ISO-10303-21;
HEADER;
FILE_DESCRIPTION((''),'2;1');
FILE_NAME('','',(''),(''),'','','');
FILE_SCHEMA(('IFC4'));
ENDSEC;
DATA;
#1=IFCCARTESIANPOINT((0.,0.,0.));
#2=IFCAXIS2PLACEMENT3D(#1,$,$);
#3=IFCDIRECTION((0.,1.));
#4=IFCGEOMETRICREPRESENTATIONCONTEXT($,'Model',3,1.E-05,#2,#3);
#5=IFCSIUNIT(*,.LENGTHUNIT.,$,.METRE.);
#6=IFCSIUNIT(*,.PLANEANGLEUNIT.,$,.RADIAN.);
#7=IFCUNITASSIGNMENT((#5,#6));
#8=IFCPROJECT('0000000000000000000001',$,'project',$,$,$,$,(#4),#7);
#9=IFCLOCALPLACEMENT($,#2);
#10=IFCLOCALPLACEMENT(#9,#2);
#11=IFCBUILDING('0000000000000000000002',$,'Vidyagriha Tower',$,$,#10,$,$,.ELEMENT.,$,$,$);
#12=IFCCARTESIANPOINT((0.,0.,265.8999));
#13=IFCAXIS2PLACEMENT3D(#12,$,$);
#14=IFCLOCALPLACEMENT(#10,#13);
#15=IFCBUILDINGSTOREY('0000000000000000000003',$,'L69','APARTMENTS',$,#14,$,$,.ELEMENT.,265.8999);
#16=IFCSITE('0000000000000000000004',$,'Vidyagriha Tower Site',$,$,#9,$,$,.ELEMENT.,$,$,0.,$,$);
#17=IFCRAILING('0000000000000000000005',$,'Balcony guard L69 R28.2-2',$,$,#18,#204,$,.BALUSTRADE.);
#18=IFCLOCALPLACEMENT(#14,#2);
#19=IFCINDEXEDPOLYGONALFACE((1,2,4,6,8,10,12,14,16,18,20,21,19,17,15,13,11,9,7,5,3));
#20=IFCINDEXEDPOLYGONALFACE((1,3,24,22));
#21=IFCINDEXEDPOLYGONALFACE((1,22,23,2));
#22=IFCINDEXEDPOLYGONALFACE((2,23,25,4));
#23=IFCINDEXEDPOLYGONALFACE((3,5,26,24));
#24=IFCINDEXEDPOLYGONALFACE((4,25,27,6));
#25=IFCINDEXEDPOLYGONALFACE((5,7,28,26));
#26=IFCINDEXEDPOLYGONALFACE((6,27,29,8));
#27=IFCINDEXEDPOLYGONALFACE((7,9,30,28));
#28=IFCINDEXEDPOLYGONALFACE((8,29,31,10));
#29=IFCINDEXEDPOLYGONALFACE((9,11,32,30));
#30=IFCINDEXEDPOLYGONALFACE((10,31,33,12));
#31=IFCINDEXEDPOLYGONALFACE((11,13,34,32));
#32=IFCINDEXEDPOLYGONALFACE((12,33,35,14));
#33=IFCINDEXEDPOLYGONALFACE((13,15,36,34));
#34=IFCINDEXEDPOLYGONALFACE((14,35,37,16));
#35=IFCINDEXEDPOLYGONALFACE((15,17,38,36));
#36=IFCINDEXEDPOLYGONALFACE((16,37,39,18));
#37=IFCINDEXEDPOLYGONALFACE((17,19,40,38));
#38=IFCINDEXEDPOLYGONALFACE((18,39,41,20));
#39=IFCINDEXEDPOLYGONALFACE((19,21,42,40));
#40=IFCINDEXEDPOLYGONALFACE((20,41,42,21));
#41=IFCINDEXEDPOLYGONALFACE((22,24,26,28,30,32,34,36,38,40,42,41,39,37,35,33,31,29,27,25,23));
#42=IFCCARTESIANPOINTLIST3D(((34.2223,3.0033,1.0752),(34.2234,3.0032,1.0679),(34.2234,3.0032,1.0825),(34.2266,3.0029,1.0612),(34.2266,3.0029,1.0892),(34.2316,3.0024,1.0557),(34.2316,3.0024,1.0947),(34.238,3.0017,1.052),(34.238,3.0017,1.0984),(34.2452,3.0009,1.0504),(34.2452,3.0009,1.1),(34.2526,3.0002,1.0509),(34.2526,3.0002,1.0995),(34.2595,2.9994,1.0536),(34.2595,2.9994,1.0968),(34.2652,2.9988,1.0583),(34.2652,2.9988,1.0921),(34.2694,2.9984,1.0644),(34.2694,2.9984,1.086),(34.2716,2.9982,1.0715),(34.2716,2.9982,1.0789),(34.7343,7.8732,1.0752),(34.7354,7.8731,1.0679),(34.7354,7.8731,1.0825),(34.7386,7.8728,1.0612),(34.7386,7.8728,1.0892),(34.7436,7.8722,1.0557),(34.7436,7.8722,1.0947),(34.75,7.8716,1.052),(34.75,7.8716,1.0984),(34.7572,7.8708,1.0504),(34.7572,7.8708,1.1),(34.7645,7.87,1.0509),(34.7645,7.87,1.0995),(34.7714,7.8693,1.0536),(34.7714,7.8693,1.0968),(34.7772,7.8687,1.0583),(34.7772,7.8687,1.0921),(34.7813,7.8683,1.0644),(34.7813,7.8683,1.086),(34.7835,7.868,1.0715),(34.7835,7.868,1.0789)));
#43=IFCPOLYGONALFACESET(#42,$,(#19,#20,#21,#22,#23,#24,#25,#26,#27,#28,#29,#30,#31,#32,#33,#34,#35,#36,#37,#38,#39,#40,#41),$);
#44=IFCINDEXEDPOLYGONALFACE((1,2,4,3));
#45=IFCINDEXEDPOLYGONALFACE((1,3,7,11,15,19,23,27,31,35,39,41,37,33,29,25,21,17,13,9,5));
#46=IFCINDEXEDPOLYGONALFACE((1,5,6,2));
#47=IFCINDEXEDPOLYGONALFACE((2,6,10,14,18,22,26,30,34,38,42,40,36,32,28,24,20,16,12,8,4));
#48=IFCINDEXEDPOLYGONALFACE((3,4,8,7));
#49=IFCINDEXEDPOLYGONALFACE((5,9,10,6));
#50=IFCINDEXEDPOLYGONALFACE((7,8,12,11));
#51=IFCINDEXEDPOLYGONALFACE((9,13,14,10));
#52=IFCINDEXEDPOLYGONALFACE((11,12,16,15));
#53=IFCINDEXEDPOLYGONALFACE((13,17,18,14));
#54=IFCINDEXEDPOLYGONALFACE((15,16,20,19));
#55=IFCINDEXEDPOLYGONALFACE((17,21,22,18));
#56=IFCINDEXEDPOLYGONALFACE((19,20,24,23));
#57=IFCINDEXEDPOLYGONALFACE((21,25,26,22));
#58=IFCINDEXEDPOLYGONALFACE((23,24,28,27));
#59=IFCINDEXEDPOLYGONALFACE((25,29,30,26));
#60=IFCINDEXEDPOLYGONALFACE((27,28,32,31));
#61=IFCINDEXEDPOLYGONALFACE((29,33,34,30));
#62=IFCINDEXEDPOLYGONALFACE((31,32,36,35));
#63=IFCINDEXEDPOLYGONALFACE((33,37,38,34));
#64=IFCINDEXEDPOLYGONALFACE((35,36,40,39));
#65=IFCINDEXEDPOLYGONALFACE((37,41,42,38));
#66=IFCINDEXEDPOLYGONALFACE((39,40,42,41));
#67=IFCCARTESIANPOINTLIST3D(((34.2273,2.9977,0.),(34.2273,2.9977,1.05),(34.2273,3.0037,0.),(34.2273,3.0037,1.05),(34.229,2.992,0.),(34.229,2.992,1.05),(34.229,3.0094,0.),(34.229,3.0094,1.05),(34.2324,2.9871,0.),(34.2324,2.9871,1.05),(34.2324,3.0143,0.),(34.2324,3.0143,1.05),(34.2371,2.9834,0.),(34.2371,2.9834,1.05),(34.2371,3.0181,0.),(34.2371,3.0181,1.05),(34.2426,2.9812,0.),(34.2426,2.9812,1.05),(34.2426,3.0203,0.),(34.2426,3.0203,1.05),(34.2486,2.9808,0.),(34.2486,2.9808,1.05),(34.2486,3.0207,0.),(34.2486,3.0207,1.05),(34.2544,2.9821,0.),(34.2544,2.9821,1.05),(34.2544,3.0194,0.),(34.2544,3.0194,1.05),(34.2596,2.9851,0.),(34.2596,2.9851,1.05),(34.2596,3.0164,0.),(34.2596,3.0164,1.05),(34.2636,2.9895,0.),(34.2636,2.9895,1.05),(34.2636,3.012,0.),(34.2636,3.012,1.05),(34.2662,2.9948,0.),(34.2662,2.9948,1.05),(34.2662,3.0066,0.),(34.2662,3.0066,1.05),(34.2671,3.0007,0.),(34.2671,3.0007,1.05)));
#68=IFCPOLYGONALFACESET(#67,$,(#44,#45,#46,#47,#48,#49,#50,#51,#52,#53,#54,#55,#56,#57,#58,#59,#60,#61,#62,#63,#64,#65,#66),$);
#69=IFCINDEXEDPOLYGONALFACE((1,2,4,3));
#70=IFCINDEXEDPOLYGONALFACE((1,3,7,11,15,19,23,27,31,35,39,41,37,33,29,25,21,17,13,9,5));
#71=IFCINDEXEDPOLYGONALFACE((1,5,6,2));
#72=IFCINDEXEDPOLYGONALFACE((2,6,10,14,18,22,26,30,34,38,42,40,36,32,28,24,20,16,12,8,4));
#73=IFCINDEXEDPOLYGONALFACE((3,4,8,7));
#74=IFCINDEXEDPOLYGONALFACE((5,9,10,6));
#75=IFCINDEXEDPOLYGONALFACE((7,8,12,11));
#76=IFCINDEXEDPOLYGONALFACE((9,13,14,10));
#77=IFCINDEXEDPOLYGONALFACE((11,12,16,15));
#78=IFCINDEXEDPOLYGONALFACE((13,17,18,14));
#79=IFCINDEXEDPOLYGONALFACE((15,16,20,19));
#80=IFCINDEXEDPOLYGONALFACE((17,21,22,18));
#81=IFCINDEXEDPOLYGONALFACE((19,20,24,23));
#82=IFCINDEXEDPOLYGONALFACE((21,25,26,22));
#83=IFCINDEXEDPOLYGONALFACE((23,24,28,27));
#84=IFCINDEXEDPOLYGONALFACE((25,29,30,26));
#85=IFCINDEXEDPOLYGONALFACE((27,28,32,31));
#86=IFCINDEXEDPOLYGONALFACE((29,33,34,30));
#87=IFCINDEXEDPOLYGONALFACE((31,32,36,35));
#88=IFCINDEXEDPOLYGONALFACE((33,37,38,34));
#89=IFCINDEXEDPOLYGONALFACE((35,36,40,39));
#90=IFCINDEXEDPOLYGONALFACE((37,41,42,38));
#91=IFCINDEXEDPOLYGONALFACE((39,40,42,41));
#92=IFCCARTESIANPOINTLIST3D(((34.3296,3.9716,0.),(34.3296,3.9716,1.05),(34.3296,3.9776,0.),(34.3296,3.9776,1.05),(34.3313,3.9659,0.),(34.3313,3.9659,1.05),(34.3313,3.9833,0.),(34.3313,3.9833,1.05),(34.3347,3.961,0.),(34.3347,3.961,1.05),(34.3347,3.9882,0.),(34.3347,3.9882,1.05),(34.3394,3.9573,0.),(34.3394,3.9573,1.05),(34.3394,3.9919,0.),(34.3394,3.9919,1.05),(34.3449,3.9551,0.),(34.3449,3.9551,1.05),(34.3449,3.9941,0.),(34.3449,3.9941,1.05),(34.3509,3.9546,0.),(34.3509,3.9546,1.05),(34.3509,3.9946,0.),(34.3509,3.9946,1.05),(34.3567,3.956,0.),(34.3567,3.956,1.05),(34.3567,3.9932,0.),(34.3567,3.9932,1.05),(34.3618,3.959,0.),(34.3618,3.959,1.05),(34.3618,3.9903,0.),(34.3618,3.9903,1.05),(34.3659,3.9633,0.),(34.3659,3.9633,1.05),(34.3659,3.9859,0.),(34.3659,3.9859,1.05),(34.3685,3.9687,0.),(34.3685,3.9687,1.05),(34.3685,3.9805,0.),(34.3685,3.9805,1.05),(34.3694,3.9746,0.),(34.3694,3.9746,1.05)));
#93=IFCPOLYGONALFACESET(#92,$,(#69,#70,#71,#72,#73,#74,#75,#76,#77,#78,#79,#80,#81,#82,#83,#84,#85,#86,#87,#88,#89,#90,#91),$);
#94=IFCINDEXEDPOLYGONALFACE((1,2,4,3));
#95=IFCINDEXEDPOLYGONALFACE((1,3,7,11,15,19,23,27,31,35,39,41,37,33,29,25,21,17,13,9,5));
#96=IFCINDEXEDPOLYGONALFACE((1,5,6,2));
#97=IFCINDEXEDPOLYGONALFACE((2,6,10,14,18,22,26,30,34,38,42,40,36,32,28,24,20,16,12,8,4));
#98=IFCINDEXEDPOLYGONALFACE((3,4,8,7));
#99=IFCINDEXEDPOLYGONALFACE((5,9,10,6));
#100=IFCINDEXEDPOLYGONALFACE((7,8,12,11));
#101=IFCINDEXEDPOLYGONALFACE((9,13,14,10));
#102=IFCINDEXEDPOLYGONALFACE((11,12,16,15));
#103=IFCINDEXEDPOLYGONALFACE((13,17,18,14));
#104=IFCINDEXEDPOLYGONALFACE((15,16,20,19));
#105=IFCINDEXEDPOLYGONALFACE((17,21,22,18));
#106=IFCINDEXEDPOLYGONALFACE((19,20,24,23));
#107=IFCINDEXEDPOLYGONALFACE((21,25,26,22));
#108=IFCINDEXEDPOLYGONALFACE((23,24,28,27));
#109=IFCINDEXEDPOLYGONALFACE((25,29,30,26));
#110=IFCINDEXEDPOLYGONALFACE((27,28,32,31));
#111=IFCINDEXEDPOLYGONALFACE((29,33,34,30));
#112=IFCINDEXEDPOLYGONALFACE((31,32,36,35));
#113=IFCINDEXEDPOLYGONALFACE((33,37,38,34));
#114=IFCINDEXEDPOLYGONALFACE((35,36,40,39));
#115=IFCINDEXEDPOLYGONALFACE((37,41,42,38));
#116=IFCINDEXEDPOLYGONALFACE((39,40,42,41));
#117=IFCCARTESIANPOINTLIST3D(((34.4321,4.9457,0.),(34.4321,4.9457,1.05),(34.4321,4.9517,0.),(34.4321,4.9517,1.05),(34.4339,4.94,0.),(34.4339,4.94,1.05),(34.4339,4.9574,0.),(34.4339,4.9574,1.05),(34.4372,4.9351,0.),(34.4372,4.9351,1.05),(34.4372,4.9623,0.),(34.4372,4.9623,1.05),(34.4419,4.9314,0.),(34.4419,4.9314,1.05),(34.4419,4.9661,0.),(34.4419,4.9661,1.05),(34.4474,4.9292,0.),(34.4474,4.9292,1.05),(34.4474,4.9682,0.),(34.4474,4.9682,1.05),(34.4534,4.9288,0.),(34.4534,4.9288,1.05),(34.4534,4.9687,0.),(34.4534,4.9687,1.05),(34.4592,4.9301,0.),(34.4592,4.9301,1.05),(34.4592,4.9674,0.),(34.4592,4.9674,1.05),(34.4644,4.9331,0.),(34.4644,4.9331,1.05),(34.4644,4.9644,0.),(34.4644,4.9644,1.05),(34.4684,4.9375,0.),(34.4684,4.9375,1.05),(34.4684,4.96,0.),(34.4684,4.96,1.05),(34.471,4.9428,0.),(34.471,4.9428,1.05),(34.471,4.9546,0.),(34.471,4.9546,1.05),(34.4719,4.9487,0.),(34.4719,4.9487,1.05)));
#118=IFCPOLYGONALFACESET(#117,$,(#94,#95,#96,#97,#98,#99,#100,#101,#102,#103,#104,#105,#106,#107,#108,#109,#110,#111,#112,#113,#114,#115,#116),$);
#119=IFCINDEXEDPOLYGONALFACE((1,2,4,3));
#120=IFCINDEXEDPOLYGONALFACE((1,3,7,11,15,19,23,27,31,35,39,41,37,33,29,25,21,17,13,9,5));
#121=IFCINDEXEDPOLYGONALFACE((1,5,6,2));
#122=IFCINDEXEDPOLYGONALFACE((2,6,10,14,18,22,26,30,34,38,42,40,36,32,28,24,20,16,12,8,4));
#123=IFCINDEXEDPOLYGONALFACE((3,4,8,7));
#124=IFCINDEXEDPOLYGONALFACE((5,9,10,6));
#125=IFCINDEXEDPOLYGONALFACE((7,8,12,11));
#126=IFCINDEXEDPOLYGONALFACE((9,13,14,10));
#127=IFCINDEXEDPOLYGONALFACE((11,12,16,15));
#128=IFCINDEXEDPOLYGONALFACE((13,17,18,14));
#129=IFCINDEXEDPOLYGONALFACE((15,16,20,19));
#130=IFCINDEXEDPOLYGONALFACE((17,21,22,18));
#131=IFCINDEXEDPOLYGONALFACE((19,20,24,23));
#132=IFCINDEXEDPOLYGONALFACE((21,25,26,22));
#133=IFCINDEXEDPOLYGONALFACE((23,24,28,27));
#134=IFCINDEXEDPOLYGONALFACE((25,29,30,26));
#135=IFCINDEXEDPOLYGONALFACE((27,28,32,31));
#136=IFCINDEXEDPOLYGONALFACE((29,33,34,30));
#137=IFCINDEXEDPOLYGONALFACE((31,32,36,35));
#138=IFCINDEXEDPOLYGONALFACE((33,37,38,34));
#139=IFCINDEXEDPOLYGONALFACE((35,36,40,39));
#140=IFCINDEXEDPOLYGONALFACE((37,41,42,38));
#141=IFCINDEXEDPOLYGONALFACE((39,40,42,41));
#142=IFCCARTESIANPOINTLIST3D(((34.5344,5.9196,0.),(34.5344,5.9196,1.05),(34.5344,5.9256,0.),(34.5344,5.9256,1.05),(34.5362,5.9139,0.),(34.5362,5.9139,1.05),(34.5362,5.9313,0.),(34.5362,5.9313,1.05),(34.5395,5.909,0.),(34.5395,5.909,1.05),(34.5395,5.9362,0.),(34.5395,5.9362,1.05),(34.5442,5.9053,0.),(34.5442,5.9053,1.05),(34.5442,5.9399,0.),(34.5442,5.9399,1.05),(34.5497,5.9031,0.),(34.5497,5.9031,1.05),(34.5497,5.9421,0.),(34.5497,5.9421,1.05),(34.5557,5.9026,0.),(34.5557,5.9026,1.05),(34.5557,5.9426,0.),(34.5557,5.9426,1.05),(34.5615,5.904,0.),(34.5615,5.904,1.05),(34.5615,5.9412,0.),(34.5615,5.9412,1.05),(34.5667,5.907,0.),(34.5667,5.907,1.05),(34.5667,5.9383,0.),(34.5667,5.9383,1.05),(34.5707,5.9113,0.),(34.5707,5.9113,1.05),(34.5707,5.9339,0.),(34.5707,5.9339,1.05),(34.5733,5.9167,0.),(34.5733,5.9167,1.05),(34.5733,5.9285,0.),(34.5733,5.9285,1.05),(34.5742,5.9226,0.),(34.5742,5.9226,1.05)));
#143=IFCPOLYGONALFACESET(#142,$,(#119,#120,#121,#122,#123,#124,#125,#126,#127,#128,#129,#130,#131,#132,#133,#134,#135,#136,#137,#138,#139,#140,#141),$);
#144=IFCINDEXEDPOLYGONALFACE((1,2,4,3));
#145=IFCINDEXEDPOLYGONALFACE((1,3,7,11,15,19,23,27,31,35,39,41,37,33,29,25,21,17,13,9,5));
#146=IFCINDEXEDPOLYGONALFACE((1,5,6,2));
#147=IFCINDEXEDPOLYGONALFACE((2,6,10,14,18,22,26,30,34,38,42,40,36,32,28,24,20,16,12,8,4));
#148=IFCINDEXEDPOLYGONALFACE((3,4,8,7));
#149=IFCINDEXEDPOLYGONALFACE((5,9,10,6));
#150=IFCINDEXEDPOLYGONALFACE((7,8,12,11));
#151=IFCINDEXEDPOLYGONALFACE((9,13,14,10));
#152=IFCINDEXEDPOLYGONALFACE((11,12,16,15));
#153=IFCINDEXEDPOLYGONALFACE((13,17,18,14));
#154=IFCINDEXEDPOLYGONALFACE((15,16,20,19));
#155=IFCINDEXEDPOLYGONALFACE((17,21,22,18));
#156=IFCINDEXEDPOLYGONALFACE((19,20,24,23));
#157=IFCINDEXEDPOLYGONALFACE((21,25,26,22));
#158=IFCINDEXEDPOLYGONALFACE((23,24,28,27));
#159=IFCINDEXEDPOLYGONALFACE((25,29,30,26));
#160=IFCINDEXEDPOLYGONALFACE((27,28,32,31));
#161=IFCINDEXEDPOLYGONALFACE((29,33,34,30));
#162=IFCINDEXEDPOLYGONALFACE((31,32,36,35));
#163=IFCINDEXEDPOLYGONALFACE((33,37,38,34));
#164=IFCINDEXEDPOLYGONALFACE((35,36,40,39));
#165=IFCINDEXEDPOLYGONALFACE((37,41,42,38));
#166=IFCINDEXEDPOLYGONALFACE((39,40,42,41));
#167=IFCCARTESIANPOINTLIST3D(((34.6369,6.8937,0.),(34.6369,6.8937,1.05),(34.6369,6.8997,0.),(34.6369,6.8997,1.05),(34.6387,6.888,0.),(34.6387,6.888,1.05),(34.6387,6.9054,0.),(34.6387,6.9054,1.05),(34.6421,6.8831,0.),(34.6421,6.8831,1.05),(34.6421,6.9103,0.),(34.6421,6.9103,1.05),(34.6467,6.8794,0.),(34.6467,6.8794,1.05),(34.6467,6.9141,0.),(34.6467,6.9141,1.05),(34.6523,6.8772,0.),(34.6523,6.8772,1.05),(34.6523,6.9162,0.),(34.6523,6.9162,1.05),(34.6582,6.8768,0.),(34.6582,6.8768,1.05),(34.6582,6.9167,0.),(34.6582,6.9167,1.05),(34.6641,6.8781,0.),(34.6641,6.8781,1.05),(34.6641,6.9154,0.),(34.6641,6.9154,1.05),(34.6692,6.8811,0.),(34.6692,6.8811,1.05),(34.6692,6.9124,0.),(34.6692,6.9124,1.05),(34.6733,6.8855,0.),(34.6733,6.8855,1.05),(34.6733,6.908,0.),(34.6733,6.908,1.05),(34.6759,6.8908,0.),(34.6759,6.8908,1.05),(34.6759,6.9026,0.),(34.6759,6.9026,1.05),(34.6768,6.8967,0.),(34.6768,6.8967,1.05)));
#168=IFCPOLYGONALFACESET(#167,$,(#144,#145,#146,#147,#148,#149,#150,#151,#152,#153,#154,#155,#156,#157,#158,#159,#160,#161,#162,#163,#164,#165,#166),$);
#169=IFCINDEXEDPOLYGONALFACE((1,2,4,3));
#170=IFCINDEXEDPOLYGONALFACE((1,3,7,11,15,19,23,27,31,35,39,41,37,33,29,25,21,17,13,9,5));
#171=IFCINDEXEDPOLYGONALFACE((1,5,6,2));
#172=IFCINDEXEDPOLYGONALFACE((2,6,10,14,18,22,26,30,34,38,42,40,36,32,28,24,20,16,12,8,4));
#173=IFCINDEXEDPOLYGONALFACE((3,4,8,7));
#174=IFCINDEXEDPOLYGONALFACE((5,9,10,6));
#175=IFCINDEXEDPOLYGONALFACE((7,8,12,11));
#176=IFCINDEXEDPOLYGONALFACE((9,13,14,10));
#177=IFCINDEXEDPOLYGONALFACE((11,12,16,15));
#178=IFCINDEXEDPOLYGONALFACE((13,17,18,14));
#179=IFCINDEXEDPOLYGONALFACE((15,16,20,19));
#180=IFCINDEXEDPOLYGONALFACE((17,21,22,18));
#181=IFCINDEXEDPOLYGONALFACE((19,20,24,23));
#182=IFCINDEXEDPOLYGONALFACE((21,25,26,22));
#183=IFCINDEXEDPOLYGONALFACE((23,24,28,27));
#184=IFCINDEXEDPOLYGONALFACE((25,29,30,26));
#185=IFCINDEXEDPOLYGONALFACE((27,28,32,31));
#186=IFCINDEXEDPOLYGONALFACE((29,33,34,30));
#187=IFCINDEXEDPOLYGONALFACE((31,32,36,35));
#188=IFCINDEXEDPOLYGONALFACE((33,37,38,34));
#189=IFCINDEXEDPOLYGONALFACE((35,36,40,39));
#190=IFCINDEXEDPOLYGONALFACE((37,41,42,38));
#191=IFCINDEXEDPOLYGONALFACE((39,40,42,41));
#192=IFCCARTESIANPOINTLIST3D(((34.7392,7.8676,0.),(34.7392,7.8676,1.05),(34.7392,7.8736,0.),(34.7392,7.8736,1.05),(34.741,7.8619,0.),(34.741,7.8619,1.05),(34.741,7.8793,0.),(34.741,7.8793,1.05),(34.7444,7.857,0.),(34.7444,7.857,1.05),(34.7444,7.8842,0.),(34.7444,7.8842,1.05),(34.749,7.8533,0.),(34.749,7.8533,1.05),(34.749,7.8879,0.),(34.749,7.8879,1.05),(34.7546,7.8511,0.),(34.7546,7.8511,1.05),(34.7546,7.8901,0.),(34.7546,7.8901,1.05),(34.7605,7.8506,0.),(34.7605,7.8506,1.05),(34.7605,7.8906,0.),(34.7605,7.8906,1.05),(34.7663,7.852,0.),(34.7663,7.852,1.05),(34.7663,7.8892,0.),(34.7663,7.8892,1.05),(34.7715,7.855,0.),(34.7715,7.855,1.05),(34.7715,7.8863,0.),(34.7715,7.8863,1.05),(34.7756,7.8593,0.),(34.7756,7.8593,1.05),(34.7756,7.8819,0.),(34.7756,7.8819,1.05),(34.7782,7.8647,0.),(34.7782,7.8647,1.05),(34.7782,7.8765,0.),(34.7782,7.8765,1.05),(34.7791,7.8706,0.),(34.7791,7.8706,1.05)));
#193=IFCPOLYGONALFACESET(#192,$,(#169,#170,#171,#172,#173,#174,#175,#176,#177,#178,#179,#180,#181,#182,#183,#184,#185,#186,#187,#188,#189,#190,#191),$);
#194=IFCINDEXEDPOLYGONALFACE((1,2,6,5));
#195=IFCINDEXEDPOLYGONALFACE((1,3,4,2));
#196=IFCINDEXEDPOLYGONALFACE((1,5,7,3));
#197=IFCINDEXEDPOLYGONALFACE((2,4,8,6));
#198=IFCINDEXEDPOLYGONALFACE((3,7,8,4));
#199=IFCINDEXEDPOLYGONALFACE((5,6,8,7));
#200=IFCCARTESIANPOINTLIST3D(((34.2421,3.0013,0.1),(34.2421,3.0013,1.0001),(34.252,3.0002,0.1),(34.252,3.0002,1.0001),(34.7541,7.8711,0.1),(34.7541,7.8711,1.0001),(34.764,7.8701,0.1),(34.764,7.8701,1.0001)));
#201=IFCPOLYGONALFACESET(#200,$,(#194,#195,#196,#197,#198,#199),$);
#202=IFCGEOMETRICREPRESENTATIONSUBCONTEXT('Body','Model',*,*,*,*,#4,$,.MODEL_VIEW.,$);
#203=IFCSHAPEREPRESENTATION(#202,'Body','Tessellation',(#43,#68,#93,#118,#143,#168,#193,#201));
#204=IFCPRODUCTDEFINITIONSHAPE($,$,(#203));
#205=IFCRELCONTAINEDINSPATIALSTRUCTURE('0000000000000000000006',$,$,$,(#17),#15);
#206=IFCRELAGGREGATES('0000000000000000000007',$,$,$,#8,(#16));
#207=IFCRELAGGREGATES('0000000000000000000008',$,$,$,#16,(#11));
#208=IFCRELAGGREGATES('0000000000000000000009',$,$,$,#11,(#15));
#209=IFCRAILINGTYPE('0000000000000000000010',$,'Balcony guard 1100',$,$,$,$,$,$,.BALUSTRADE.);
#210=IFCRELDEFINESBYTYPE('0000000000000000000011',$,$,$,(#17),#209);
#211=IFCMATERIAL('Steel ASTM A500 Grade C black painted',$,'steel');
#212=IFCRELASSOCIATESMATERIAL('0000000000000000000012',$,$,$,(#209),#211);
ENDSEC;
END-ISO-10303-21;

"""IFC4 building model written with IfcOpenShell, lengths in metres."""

from ifc_helpers import new_model, si_unit, direction, frame, origin, origin_2d, place, context, subcontext, project, spatial, rectangle, circle, extrude, material, type_object, element, save


model = new_model("IFC4")

# Units and contexts
model_context = context("Model", 3, precision=1e-05, world=origin(), true_north=direction((0.0, 1.0)))
body_context = subcontext(model_context, "Body", "Model", "MODEL_VIEW")
ifc_project = project(units=[si_unit("LENGTHUNIT", "METRE"), si_unit("PLANEANGLEUNIT", "RADIAN")], contexts=[model_context])

# Site, building, storey
site_placement = place(None, origin())
site = spatial("IfcSite", under=ifc_project, at=site_placement, Name="Vidyagriha Tower Site", CompositionType="ELEMENT", RefElevation=0.0)
building_placement = place(site_placement, origin())
building = spatial("IfcBuilding", under=site, at=building_placement, Name="Vidyagriha Tower", CompositionType="ELEMENT")
storey_placement = place(building_placement, frame((0.0, 0.0, 265.8999)))
storey = spatial("IfcBuildingStorey", under=building, at=storey_placement, Name="L69", Description="APARTMENTS", CompositionType="ELEMENT", Elevation=265.8999)

# Railing
ifc_material_1 = material(Name="Steel ASTM A500 Grade C black painted", Category="steel")
railing_type_1 = type_object("IfcRailingType", Name="Balcony guard 1100", PredefinedType="BALUSTRADE", material=ifc_material_1)
railing_1_placement = place(storey_placement, frame((34.2471, 3.0007, 0.0)))
element("IfcRailing", 1, at=railing_1_placement, inside=storey, type_object=railing_type_1, Name="Balcony guard L69 R28.2-2", PredefinedType="BALUSTRADE", context=body_context, shape_type="SweptSolid", body=[
    extrude(circle(Radius=0.0249, at=origin_2d()), frame((0.0, 0.0, 1.0752), z_axis=(0.104552, 0.994519, 0.0), x_axis=(-0.994519, 0.104552, 0.0)), (0.0, 0.0, 1.0), 4.8967),
    extrude(circle(Radius=0.02, at=origin_2d()), origin(), (0.0, 0.0, 1.0), 1.05),
    extrude(circle(Radius=0.02, at=origin_2d()), frame((0.1023, 0.9739, 0.0)), (0.0, 0.0, 1.0), 1.05),
    extrude(circle(Radius=0.02, at=origin_2d()), frame((0.2048, 1.948, 0.0)), (0.0, 0.0, 1.0), 1.05),
    extrude(circle(Radius=0.02, at=origin_2d()), frame((0.3071, 2.9219, 0.0)), (0.0, 0.0, 1.0), 1.05),
    extrude(circle(Radius=0.02, at=origin_2d()), frame((0.4097, 3.896, 0.0)), (0.0, 0.0, 1.0), 1.05),
    extrude(circle(Radius=0.02, at=origin_2d()), frame((0.512, 4.8699, 0.0)), (0.0, 0.0, 1.0), 1.05),
    extrude(rectangle(XDim=0.01, YDim=0.9001, at=origin_2d()), frame((0.0, 0.0, 0.55), z_axis=(0.104552, 0.994519, 0.0), x_axis=(-0.994519, 0.104552, 0.0)), (0.0, 0.0, 1.0), 4.8967),
])

save(model, "model.ifc")
